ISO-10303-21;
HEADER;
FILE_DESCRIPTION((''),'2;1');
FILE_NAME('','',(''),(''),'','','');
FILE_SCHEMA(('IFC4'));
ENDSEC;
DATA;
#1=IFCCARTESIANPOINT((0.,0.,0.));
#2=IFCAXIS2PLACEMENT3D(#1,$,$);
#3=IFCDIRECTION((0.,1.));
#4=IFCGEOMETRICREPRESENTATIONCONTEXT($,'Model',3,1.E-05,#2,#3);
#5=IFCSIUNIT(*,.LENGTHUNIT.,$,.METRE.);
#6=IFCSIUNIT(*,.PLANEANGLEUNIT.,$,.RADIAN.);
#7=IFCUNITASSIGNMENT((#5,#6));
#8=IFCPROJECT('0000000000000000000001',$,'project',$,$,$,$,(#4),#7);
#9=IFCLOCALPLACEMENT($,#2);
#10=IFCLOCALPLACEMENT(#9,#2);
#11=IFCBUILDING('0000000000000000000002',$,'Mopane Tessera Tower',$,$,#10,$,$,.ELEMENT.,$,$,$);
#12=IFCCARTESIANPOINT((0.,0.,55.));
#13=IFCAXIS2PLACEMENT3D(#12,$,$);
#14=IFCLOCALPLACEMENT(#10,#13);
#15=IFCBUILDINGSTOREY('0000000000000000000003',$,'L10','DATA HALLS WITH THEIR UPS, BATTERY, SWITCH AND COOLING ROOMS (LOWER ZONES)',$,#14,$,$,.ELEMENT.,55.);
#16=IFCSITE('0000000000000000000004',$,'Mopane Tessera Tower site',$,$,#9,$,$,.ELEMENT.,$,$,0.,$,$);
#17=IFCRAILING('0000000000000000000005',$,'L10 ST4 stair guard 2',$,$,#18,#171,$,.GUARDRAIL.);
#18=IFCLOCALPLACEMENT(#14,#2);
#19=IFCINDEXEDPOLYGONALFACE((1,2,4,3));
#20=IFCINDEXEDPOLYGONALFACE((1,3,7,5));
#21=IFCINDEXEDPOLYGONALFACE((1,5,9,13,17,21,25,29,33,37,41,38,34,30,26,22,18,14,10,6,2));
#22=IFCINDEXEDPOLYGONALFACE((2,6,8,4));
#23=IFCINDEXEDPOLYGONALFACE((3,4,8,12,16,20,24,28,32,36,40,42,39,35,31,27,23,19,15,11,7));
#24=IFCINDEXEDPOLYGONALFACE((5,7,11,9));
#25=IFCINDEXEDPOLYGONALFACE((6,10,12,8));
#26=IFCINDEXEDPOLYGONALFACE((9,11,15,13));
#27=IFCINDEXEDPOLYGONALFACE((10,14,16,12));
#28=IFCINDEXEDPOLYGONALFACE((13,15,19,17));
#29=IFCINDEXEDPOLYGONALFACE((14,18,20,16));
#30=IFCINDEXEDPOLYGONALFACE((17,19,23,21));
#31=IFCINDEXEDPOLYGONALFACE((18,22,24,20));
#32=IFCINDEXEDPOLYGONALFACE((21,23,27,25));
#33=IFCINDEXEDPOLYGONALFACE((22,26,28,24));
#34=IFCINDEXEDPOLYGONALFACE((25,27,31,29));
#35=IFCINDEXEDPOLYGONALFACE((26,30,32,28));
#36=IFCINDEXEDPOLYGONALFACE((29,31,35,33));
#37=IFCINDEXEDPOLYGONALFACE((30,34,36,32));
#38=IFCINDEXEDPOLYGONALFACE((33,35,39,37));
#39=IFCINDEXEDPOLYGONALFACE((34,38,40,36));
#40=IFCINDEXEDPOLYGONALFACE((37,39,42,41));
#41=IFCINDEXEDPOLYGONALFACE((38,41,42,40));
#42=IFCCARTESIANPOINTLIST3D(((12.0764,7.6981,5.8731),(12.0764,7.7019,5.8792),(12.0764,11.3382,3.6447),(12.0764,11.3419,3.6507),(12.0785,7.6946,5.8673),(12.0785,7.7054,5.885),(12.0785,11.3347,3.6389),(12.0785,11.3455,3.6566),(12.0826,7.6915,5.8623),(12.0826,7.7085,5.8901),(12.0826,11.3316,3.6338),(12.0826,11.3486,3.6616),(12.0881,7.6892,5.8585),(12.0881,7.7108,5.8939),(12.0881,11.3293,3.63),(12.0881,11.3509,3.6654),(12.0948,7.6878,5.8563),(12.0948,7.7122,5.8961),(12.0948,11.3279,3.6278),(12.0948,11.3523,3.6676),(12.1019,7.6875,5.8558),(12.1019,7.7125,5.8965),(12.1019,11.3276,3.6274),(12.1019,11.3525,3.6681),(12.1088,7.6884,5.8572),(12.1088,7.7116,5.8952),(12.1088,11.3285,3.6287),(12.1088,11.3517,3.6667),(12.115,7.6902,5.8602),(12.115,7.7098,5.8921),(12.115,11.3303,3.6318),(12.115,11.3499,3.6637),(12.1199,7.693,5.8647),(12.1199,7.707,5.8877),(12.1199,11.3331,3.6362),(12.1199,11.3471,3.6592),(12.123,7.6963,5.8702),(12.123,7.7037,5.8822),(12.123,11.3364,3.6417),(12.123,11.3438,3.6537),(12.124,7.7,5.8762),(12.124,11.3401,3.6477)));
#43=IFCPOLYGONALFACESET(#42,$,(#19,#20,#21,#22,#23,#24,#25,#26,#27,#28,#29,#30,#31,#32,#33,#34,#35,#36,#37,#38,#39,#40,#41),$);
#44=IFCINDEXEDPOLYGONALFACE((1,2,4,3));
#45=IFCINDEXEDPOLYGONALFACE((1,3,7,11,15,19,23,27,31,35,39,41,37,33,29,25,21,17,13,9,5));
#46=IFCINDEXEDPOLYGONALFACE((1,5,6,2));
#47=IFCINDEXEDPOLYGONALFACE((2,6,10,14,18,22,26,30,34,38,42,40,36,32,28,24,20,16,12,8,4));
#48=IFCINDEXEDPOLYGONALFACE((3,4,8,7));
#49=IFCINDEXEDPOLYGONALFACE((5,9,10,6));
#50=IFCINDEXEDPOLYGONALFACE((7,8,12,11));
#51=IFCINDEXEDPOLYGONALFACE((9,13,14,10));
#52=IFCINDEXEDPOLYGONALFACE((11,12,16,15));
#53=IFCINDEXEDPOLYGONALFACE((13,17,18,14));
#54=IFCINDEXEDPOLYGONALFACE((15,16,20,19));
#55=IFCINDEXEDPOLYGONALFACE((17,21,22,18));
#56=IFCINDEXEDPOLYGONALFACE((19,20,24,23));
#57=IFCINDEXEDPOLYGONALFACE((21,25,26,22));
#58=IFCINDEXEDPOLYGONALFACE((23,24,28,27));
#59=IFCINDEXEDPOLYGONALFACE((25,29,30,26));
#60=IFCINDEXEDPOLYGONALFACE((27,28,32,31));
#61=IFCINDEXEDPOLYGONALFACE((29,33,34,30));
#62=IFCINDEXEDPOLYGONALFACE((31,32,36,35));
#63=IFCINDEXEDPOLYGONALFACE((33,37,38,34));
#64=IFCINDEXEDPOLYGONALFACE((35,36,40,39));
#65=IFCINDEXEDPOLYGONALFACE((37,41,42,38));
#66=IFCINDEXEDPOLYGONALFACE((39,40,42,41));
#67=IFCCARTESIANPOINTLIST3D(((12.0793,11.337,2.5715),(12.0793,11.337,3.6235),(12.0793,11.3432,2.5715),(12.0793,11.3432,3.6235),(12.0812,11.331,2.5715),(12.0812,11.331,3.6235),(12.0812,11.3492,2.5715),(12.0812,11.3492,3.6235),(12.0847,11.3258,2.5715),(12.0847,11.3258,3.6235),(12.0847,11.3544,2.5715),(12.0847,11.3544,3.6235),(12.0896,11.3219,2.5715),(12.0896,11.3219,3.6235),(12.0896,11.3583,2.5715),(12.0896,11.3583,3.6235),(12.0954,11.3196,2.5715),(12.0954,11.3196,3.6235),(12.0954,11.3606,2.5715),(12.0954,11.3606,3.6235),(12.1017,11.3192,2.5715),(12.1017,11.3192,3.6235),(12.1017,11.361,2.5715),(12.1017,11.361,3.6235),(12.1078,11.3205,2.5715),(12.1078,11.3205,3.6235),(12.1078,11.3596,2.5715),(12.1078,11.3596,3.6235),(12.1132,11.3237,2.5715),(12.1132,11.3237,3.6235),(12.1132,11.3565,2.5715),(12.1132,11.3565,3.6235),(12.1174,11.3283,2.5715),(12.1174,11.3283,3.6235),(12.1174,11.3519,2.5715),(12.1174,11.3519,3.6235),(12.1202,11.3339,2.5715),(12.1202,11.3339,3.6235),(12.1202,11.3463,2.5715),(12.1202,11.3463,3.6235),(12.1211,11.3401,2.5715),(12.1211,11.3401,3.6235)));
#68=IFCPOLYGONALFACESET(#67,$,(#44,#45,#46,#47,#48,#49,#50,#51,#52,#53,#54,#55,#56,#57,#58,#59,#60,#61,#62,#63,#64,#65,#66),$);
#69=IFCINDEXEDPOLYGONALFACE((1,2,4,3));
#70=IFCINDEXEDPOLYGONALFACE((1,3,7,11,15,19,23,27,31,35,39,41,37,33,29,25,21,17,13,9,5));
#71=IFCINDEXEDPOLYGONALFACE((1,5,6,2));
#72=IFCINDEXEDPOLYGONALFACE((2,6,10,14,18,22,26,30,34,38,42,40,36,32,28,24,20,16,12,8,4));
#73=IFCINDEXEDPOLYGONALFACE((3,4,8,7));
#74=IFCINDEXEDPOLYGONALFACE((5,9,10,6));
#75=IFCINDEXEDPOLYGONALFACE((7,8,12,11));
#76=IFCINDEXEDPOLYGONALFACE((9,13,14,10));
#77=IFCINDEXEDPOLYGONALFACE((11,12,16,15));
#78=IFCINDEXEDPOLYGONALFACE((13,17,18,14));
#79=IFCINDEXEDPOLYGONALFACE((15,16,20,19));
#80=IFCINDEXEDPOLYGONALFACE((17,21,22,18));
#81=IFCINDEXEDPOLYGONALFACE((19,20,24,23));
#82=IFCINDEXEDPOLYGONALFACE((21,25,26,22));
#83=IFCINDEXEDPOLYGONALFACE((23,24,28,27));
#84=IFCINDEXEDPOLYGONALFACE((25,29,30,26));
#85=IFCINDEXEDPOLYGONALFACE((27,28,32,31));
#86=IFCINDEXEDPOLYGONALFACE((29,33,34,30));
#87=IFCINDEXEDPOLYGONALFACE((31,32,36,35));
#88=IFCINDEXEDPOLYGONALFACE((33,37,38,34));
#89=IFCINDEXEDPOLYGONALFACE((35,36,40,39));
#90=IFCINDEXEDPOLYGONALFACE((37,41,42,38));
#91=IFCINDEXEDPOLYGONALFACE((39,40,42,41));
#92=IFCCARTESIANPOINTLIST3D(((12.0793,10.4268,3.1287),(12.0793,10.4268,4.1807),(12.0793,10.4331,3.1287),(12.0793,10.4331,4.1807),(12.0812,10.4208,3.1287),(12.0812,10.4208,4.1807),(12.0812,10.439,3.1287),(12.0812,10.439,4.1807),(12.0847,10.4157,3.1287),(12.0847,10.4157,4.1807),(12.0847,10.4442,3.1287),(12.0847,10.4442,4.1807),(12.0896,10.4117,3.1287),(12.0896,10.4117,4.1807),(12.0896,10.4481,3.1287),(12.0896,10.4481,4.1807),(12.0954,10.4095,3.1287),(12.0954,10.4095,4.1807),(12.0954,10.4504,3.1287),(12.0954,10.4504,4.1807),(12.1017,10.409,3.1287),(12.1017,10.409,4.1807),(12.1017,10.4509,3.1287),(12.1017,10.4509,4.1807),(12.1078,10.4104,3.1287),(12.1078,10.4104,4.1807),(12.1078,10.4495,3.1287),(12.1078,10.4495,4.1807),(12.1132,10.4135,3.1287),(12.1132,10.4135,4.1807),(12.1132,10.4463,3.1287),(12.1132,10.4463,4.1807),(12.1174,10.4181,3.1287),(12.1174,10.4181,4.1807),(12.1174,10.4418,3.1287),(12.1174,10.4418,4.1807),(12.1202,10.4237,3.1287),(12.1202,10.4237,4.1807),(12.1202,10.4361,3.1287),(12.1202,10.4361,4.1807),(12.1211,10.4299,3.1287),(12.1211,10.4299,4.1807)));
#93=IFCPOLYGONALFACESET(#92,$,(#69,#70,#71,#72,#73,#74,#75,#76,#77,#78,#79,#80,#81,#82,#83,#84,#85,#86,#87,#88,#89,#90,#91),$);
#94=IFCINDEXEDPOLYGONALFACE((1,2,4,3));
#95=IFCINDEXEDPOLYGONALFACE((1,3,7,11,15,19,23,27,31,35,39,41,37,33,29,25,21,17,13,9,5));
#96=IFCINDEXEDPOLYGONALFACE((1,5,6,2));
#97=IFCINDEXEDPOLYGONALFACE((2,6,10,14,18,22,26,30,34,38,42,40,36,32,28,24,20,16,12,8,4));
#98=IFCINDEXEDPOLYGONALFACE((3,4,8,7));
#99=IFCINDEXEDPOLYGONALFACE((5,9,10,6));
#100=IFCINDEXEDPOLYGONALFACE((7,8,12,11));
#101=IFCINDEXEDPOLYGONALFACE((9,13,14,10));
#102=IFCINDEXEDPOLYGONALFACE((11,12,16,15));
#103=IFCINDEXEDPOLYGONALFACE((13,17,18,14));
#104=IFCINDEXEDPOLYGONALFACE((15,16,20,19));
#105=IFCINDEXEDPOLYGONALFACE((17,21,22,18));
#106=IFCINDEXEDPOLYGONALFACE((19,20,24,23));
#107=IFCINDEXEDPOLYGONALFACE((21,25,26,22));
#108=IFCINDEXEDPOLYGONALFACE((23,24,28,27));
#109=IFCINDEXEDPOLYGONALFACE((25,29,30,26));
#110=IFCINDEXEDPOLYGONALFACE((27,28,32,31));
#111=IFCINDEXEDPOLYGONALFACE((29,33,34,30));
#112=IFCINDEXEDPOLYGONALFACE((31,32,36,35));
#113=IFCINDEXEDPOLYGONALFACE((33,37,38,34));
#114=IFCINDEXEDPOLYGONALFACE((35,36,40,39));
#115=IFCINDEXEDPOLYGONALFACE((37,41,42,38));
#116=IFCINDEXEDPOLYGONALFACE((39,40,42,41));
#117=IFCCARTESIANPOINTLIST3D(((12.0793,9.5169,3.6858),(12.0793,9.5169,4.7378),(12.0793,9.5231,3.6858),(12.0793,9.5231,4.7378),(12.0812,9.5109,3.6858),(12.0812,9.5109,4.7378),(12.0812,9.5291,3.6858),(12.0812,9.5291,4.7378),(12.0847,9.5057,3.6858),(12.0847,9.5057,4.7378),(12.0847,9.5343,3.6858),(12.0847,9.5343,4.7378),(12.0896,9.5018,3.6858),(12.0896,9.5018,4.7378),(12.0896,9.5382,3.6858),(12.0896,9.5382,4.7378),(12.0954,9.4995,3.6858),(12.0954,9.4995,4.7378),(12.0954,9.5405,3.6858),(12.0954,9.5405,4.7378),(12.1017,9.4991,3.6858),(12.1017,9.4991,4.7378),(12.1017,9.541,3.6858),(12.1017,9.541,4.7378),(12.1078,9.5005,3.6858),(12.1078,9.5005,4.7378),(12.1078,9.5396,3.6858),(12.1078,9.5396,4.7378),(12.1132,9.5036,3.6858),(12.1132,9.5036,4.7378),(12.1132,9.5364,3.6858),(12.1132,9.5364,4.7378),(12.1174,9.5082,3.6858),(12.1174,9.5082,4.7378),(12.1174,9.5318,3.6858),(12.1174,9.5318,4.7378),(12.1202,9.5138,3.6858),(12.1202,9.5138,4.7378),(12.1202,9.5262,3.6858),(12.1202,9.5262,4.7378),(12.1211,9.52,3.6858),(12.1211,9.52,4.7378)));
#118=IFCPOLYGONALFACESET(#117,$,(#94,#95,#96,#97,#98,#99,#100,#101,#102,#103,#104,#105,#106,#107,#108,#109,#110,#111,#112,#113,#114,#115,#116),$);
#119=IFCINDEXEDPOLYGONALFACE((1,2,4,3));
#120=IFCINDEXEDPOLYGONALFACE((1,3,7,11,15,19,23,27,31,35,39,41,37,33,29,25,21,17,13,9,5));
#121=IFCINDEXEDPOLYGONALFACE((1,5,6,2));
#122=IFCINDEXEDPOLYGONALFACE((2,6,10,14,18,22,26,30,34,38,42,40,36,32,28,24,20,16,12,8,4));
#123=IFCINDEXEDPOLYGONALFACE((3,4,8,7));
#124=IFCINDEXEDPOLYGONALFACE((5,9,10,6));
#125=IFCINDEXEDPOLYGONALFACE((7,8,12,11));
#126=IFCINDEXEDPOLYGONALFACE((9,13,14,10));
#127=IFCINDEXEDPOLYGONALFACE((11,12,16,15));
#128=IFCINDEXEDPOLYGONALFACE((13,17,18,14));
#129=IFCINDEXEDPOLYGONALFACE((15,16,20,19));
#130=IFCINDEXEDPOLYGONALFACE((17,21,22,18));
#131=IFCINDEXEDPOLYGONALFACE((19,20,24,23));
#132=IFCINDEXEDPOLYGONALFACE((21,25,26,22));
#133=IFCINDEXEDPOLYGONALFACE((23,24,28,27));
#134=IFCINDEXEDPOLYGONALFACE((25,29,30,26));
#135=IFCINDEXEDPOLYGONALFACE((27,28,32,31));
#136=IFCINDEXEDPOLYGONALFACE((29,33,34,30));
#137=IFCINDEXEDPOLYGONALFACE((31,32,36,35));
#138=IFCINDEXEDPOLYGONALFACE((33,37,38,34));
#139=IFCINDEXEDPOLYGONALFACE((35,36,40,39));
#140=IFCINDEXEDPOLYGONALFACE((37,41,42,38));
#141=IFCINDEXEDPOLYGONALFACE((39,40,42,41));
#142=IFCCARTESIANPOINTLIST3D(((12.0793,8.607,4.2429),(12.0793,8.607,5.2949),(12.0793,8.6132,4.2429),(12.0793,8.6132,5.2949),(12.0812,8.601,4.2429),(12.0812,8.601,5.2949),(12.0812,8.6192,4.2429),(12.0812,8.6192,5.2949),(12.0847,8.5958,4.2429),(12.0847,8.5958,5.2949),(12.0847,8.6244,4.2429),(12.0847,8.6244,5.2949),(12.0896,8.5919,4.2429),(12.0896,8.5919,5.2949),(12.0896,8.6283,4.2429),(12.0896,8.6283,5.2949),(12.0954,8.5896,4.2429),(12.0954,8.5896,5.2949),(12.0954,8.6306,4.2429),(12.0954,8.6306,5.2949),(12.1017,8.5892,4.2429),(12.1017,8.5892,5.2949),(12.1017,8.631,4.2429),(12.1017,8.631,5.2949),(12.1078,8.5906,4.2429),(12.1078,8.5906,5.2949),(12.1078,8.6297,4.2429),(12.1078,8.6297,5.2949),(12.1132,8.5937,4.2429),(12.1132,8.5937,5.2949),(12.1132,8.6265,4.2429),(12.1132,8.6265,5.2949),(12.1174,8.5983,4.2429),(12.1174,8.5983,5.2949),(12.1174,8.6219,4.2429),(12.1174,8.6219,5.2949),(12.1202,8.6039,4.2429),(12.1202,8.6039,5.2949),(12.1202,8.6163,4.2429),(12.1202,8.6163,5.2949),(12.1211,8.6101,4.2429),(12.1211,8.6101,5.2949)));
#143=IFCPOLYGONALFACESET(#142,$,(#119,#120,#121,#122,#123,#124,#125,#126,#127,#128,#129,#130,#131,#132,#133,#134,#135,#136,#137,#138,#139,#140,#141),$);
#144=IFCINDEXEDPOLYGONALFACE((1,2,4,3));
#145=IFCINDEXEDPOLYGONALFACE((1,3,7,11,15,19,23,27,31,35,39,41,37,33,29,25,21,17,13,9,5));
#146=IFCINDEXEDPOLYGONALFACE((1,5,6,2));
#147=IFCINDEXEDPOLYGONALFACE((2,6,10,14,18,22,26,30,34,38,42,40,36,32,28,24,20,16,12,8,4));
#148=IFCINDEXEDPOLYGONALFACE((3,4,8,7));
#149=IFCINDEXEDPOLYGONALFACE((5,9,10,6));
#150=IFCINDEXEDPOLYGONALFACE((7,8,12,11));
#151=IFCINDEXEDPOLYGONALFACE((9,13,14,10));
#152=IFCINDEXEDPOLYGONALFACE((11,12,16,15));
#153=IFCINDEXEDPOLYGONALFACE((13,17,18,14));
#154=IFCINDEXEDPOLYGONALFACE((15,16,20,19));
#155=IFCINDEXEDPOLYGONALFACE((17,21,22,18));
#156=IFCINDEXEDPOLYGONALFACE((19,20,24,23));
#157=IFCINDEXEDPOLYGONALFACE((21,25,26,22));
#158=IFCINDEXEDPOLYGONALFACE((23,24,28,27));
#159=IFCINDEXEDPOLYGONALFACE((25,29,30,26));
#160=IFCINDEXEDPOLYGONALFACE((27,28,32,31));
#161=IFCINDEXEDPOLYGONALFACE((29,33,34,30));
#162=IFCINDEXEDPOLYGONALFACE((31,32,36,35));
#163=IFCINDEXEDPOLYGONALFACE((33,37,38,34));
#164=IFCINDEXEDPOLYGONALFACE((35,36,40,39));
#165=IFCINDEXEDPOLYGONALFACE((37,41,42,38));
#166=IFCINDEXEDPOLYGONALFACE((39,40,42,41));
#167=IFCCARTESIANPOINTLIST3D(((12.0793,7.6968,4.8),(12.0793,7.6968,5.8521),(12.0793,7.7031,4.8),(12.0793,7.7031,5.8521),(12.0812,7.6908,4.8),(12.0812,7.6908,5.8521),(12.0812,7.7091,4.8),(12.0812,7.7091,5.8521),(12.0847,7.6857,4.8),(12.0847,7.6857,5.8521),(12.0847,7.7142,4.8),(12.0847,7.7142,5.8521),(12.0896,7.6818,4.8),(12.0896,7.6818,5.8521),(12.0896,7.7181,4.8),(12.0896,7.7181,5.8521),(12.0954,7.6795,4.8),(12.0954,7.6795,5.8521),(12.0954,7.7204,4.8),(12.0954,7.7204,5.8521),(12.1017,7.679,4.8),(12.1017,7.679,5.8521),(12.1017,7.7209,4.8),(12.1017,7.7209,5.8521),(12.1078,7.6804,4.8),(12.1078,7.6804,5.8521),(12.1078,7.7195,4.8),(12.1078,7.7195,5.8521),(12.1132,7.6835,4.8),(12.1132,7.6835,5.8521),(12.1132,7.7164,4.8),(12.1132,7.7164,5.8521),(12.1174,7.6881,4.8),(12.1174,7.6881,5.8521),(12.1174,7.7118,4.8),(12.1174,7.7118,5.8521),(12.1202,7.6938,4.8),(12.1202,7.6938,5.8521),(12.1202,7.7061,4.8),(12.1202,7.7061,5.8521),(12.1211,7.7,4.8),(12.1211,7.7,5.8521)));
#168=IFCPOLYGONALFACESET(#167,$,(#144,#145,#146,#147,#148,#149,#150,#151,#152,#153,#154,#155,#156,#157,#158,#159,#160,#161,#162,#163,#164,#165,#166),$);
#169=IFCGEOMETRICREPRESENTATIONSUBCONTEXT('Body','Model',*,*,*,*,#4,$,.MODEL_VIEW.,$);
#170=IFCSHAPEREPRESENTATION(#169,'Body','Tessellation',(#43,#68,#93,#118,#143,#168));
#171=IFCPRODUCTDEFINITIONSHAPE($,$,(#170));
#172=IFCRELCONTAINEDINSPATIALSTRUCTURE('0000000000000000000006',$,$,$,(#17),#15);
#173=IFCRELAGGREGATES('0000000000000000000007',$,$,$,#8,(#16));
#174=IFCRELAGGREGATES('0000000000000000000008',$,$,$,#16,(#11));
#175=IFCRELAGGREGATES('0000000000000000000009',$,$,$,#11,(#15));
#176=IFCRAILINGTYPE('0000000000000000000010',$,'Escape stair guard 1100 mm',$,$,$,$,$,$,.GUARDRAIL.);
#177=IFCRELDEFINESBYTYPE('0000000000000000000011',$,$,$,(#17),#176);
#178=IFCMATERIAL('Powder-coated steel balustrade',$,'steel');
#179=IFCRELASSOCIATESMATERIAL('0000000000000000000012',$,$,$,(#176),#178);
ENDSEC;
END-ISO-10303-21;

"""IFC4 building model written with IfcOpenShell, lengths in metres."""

from ifc_helpers import new_model, si_unit, direction, frame, origin, origin_2d, place, context, subcontext, project, spatial, circle, extrude, material, type_object, element, save


model = new_model("IFC4")

# Units and contexts
model_context = context("Model", 3, precision=1e-05, world=origin(), true_north=direction((0.0, 1.0)))
body_context = subcontext(model_context, "Body", "Model", "MODEL_VIEW")
ifc_project = project(units=[si_unit("LENGTHUNIT", "METRE"), si_unit("PLANEANGLEUNIT", "RADIAN")], contexts=[model_context])

# Site, building, storey
site_placement = place(None, origin())
site = spatial("IfcSite", under=ifc_project, at=site_placement, Name="Mopane Tessera Tower site", CompositionType="ELEMENT", RefElevation=0.0)
building_placement = place(site_placement, origin())
building = spatial("IfcBuilding", under=site, at=building_placement, Name="Mopane Tessera Tower", CompositionType="ELEMENT")
storey_placement = place(building_placement, frame((0.0, 0.0, 55.0)))
storey = spatial("IfcBuildingStorey", under=building, at=storey_placement, Name="L10", Description="DATA HALLS WITH THEIR UPS, BATTERY, SWITCH AND COOLING ROOMS (LOWER ZONES)", CompositionType="ELEMENT", Elevation=55.0)

# Railing
ifc_material_1 = material(Name="Powder-coated steel balustrade", Category="steel")
railing_type_1 = type_object("IfcRailingType", Name="Escape stair guard 1100 mm", PredefinedType="GUARDRAIL", material=ifc_material_1)
railing_1_placement = place(storey_placement, frame((12.1001, 11.3401, 2.5715)))
element("IfcRailing", 1, at=railing_1_placement, inside=storey, type_object=railing_type_1, Name="L10 ST4 stair guard 2", PredefinedType="GUARDRAIL", context=body_context, shape_type="SweptSolid", body=[
    extrude(circle(Radius=0.0239, at=origin_2d()), frame((0.0, 0.0, 1.0762), z_axis=(0.0, -0.852866, 0.52213), x_axis=(1.0, 0.0, 0.0)), (0.0, 0.0, 1.0), 4.2681),
    extrude(circle(Radius=0.021, at=origin_2d()), origin(), (0.0, 0.0, 1.0), 1.052),
    extrude(circle(Radius=0.021, at=origin_2d()), frame((0.0, -0.9102, 0.5571)), (0.0, 0.0, 1.0), 1.052),
    extrude(circle(Radius=0.021, at=origin_2d()), frame((0.0, -1.8201, 1.1143)), (0.0, 0.0, 1.0), 1.052),
    extrude(circle(Radius=0.021, at=origin_2d()), frame((0.0, -2.73, 1.6714)), (0.0, 0.0, 1.0), 1.052),
    extrude(circle(Radius=0.021, at=origin_2d()), frame((0.0, -3.6401, 2.2285)), (0.0, 0.0, 1.0), 1.052),
])

save(model, "model.ifc")
